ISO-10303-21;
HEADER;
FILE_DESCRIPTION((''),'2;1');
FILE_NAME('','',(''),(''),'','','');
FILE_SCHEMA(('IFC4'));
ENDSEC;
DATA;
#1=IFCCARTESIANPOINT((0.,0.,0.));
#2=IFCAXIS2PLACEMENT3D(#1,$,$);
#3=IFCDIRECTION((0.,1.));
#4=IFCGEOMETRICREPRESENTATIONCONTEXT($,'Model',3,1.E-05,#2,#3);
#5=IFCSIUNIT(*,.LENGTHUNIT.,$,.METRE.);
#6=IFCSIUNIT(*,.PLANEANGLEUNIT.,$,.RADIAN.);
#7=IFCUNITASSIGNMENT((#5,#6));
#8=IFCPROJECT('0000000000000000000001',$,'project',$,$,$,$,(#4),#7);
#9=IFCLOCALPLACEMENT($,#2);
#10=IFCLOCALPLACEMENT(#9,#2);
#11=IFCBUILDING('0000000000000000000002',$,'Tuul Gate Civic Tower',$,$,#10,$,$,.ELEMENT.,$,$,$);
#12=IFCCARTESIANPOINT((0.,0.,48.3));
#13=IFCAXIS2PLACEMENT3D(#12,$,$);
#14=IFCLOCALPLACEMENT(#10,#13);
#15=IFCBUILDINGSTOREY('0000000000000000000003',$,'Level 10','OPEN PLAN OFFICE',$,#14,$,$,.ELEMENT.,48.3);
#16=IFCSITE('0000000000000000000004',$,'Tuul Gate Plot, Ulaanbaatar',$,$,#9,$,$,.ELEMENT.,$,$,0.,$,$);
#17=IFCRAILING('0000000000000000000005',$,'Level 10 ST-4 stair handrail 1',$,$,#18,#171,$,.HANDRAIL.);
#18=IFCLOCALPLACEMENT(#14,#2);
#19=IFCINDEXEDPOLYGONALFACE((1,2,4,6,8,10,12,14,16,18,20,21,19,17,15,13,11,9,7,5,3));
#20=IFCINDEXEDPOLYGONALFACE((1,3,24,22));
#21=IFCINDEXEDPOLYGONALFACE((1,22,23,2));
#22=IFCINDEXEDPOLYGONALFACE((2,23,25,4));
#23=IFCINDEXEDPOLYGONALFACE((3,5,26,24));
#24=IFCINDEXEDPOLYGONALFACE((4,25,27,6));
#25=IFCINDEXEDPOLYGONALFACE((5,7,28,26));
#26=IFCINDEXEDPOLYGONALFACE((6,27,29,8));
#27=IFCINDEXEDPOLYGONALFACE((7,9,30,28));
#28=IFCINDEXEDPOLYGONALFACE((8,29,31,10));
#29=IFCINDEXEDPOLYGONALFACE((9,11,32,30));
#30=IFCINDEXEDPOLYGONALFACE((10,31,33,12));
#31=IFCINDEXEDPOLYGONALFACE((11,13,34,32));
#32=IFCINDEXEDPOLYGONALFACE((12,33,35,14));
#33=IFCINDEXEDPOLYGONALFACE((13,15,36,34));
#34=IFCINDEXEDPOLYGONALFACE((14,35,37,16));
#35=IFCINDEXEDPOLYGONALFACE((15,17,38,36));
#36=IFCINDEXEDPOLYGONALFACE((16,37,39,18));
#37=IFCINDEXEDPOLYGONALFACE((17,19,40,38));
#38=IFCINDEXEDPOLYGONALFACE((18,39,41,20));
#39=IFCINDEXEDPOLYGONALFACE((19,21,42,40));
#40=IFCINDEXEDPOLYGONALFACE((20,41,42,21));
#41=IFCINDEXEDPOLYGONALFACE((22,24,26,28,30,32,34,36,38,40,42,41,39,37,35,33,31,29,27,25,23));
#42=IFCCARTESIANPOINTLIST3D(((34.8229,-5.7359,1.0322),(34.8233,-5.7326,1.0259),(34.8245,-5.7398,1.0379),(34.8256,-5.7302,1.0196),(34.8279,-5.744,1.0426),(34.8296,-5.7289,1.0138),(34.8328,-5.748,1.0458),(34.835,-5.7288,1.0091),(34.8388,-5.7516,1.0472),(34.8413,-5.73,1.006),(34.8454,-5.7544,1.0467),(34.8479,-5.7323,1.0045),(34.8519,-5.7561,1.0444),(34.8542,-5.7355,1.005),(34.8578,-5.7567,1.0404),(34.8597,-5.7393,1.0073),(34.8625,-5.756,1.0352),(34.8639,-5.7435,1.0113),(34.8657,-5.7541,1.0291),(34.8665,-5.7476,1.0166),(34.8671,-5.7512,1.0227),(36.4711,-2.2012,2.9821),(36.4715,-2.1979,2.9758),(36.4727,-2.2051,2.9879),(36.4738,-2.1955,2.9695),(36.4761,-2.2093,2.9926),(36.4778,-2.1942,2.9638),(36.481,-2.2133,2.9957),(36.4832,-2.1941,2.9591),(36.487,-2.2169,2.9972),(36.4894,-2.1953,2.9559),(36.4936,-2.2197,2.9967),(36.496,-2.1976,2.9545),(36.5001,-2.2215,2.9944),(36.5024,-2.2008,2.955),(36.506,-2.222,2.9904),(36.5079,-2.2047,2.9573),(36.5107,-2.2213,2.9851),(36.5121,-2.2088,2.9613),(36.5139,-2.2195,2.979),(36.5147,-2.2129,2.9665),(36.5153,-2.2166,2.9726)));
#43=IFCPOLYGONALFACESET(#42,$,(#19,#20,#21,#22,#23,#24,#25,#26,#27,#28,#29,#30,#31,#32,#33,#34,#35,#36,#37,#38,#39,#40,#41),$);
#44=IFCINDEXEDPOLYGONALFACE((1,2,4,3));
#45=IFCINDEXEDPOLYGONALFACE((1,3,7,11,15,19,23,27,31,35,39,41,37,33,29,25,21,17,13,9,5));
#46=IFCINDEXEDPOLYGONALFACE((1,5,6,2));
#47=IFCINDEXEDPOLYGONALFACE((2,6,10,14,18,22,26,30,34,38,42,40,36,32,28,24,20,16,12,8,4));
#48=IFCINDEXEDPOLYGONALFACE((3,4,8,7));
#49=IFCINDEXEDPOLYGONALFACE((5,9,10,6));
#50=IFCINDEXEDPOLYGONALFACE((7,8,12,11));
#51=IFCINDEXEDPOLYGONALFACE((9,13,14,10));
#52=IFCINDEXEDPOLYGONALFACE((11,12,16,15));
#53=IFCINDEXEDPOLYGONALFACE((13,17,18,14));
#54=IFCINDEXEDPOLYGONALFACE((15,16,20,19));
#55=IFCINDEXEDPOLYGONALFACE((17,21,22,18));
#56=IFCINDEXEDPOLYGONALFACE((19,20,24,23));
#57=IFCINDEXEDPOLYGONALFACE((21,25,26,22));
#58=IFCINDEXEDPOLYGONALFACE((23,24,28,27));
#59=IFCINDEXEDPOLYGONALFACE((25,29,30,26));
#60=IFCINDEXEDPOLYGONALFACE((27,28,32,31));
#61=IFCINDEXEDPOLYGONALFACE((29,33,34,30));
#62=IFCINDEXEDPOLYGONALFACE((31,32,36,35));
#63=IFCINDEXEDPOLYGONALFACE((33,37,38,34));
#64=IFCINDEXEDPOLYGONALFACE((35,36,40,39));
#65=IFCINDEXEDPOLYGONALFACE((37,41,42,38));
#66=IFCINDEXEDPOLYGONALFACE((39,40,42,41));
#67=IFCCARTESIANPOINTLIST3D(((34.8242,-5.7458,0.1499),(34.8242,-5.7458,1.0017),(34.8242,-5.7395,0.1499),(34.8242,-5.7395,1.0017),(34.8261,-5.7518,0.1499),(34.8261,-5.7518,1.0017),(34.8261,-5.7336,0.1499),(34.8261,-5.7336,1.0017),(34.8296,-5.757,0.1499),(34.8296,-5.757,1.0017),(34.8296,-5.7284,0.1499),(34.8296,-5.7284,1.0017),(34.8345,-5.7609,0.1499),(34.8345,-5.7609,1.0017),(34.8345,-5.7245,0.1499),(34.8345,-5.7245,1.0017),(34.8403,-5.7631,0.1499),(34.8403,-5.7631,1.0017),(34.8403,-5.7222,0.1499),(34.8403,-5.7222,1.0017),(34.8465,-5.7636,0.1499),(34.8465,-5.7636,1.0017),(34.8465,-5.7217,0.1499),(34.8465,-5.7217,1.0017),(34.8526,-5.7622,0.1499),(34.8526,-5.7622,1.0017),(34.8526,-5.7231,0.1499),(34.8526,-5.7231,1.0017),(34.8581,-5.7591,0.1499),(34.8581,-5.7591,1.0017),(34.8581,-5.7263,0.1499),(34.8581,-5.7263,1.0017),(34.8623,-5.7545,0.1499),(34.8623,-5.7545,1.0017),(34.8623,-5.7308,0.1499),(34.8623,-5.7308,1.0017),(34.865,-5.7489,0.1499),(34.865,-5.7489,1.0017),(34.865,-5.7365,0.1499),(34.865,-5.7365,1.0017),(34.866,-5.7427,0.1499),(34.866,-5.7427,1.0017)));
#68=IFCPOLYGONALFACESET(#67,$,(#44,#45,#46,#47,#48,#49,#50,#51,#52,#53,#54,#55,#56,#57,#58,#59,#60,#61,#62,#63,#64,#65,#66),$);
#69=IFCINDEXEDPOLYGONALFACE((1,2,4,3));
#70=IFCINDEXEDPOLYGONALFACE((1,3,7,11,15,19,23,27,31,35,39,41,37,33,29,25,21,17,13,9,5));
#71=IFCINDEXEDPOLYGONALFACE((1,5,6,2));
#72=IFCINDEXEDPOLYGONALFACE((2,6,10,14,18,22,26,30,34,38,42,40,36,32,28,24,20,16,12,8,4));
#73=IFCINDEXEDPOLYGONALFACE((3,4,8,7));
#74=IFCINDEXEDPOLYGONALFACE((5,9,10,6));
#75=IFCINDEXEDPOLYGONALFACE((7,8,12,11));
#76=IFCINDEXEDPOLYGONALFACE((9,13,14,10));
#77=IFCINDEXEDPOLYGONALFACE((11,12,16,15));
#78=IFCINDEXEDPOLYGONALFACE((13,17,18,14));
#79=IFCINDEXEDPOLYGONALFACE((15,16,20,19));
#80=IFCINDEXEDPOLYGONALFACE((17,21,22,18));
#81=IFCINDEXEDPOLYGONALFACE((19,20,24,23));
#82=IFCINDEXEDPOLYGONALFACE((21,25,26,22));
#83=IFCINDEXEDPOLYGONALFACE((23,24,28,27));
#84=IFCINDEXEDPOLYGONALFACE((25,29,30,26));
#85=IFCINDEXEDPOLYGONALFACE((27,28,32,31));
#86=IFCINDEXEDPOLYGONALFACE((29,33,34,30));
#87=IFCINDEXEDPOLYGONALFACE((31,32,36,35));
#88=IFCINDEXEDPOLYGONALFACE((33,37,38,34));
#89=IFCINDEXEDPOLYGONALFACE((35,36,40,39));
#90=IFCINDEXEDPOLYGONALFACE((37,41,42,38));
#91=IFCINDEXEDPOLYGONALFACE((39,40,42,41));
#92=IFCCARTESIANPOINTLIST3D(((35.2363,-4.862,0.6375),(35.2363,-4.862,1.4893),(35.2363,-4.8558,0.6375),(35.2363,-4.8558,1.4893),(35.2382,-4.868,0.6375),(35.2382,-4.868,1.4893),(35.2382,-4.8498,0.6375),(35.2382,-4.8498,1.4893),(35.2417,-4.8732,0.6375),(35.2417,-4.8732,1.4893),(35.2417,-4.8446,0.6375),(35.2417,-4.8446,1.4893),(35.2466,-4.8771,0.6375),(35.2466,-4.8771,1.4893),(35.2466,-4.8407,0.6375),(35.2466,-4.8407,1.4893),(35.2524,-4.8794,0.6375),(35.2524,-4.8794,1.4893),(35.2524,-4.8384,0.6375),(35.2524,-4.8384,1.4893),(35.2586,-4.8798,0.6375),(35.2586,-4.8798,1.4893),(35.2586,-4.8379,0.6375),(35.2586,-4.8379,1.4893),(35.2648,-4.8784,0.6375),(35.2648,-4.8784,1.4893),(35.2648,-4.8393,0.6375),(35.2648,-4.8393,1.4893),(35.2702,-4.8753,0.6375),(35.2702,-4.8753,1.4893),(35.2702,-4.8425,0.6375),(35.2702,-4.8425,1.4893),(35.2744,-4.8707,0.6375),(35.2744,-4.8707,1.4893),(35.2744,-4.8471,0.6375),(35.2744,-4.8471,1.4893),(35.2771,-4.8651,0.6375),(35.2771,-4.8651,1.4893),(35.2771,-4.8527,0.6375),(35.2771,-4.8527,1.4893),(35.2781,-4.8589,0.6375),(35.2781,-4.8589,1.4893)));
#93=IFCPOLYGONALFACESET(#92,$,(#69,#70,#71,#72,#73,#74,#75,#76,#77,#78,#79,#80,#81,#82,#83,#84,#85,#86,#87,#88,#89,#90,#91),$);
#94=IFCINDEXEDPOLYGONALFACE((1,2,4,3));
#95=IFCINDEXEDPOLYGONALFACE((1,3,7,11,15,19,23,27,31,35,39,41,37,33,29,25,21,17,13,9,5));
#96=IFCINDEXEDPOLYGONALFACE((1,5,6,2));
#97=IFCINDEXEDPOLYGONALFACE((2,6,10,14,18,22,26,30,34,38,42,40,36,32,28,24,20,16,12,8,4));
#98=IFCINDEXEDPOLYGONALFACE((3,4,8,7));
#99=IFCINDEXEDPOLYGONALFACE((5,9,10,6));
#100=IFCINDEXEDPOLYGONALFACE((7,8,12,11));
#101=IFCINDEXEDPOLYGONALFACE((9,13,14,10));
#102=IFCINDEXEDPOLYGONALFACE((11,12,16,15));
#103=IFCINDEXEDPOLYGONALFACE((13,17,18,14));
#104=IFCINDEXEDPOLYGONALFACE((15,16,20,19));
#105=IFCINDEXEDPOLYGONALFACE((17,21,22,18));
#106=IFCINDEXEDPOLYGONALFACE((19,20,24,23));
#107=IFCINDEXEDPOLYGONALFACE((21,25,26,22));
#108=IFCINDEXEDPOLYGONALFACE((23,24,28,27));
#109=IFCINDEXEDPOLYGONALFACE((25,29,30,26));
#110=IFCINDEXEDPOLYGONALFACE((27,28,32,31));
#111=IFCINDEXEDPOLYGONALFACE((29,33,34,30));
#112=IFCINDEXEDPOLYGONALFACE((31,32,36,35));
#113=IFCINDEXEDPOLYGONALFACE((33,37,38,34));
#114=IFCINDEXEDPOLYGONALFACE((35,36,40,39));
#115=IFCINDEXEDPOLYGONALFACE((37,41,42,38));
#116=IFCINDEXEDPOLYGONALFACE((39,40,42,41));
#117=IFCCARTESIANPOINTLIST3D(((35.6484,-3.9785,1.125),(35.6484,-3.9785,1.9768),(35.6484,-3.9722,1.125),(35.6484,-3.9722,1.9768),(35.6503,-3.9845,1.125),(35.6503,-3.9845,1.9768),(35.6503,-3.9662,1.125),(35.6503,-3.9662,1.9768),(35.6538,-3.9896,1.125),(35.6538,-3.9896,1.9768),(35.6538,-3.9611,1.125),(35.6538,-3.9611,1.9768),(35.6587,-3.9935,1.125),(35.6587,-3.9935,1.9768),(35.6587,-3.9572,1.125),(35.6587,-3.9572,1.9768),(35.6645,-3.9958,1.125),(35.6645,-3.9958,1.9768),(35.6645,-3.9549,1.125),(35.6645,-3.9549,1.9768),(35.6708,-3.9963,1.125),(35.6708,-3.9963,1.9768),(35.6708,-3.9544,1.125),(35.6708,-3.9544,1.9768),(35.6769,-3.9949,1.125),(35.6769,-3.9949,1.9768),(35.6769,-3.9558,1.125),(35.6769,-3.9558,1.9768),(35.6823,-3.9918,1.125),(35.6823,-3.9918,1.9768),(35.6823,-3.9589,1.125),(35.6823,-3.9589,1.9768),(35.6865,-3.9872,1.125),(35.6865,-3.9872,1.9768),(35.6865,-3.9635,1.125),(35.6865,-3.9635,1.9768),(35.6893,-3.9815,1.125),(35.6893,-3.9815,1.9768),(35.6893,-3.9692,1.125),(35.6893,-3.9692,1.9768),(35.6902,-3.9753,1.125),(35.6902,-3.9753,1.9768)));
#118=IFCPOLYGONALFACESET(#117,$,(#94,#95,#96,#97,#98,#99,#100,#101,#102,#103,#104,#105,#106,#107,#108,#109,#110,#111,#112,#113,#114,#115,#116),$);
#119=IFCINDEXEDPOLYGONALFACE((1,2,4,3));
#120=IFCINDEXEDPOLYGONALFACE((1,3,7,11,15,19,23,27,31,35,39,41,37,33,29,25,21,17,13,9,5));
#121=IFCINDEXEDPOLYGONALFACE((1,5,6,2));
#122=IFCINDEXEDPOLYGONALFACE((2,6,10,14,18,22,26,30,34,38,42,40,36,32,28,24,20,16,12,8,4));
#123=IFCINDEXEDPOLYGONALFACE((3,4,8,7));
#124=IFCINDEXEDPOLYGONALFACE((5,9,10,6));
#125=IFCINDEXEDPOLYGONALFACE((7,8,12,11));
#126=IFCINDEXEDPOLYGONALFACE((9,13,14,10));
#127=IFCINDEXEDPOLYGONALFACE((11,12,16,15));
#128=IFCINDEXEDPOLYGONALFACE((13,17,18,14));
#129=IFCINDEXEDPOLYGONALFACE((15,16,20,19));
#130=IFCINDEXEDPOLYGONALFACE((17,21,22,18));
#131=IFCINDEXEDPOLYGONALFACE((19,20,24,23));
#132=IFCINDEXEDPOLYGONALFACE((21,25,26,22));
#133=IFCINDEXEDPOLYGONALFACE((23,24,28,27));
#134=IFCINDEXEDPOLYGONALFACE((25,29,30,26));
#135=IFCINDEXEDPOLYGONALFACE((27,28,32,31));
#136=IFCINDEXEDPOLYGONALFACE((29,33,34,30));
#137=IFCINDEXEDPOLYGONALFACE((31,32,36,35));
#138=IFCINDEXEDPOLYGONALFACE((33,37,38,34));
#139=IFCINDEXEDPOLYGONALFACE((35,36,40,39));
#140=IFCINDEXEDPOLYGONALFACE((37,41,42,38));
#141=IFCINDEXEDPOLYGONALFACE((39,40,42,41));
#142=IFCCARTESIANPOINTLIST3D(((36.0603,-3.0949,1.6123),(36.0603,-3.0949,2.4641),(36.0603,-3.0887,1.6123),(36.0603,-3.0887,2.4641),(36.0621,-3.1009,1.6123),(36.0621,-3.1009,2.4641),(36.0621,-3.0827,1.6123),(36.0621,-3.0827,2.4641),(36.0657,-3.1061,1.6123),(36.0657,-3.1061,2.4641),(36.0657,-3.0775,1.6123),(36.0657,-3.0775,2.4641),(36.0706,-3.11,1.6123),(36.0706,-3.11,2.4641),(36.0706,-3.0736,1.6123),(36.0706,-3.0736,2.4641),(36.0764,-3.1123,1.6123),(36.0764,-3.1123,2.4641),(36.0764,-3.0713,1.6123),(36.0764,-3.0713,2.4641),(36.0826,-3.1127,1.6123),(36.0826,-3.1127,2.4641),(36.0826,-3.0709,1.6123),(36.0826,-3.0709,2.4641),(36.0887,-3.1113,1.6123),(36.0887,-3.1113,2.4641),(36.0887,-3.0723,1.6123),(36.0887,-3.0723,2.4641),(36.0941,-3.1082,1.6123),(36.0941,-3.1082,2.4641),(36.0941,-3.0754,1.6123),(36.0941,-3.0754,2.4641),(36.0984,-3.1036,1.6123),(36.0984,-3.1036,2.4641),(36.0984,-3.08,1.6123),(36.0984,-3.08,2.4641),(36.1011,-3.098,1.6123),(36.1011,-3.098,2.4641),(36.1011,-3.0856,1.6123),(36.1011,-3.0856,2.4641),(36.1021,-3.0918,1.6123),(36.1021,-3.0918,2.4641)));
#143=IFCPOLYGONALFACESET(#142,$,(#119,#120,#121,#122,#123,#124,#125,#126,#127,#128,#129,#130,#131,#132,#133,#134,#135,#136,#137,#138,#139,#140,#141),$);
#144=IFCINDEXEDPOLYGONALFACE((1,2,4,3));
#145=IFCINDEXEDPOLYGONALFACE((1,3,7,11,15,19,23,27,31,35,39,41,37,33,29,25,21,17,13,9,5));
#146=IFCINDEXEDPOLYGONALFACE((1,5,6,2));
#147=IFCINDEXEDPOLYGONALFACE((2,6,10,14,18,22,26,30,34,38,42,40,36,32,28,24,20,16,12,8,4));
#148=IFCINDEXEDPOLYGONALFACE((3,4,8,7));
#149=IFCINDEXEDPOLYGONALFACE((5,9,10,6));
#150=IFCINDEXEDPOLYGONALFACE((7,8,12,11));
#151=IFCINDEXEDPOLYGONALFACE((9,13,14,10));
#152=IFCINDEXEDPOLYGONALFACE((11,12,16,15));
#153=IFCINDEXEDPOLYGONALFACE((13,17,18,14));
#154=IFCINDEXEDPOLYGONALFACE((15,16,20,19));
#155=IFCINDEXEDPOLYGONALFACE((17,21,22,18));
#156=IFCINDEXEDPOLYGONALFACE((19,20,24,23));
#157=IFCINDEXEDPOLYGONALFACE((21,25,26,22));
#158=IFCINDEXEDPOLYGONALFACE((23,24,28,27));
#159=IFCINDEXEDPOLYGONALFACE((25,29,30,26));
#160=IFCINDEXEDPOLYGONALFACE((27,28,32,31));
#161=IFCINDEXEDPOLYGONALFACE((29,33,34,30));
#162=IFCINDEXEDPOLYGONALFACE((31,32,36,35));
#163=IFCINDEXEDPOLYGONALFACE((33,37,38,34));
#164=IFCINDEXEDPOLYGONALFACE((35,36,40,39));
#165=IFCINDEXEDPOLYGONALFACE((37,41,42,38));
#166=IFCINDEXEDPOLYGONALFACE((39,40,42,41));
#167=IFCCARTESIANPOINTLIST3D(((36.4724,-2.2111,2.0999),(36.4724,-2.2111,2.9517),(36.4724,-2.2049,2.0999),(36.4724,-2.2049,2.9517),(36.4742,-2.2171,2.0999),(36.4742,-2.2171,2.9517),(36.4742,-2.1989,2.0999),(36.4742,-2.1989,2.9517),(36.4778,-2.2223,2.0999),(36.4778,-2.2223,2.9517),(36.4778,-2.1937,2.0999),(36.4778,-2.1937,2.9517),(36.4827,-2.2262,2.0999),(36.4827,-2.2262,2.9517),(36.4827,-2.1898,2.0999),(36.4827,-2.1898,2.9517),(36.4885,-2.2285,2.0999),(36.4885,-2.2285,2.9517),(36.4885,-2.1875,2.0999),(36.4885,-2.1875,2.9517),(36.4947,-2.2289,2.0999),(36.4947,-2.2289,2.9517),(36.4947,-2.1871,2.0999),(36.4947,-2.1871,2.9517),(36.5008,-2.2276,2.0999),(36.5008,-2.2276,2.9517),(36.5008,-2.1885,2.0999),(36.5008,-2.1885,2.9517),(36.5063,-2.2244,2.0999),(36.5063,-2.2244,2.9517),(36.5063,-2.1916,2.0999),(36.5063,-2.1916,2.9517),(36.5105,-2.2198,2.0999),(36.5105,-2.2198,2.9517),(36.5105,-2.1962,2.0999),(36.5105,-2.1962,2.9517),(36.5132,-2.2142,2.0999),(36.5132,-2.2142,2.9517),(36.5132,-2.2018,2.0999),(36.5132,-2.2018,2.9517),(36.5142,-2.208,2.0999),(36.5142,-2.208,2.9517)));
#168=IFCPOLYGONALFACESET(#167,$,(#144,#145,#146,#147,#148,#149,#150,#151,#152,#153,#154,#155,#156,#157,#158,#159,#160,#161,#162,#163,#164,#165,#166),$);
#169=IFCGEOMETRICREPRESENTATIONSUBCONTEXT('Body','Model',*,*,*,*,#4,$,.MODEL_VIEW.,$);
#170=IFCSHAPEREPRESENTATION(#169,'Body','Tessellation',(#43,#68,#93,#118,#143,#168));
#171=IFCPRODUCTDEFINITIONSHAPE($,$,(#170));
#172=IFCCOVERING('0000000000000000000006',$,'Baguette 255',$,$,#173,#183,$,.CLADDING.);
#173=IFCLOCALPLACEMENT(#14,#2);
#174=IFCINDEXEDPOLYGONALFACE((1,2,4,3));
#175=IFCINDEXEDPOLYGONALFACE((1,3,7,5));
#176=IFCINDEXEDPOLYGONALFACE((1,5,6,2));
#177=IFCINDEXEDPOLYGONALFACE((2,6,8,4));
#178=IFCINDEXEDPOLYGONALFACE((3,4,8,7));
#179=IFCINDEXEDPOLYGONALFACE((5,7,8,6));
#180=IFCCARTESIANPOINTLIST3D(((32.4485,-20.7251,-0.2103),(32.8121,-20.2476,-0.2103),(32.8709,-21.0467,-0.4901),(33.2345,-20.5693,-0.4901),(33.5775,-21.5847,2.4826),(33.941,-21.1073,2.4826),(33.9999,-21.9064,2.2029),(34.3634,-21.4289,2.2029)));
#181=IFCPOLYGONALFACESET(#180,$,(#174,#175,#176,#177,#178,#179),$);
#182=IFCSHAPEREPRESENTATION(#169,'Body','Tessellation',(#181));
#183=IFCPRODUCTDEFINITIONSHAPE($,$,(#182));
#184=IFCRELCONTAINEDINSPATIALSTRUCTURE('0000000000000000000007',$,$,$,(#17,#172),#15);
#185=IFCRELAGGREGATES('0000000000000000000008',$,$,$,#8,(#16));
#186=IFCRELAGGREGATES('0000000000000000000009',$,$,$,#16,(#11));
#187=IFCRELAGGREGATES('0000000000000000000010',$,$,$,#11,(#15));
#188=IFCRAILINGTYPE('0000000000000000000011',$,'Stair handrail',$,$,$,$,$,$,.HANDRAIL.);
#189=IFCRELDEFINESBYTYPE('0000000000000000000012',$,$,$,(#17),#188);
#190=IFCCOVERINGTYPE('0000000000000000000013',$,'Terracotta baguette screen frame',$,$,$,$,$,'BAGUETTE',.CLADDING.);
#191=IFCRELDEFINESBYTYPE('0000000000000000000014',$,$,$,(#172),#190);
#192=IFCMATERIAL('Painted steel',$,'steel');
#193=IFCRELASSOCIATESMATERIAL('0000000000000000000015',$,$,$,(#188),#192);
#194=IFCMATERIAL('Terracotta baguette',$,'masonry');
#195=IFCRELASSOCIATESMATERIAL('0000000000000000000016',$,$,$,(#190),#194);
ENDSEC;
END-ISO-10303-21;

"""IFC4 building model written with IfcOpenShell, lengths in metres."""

from ifc_helpers import new_model, si_unit, direction, frame, origin, origin_2d, place, context, subcontext, project, spatial, rectangle, circle, extrude, material, material_profile, profile_set, type_object, element, save


model = new_model("IFC4")

# Units and contexts
model_context = context("Model", 3, precision=1e-05, world=origin(), true_north=direction((0.0, 1.0)))
body_context = subcontext(model_context, "Body", "Model", "MODEL_VIEW")
ifc_project = project(units=[si_unit("LENGTHUNIT", "METRE"), si_unit("PLANEANGLEUNIT", "RADIAN")], contexts=[model_context])

# Site, building, storey
site_placement = place(None, origin())
site = spatial("IfcSite", under=ifc_project, at=site_placement, Name="Tuul Gate Plot, Ulaanbaatar", CompositionType="ELEMENT", RefElevation=0.0)
building_placement = place(site_placement, origin())
building = spatial("IfcBuilding", under=site, at=building_placement, Name="Tuul Gate Civic Tower", CompositionType="ELEMENT")
storey_placement = place(building_placement, frame((0.0, 0.0, 48.3)))
storey = spatial("IfcBuildingStorey", under=building, at=storey_placement, Name="Level 10", Description="OPEN PLAN OFFICE", CompositionType="ELEMENT", Elevation=48.3)

# Railing
ifc_material_1 = material(Name="Painted steel", Category="steel")
railing_type_1 = type_object("IfcRailingType", Name="Stair handrail", PredefinedType="HANDRAIL", material=ifc_material_1)
railing_1_placement = place(storey_placement, frame((34.845, -5.7427, 0.1499)))
element("IfcRailing", 1, at=railing_1_placement, inside=storey, type_object=railing_type_1, Name="Level 10 ST-4 stair handrail 1", PredefinedType="HANDRAIL", context=body_context, shape_type="SweptSolid", body=[
    extrude(circle(Radius=0.0239, at=origin_2d()), frame((0.0, 0.0, 0.876), z_axis=(0.377995, 0.810637, 0.4472), x_axis=(-0.906313, 0.422608, 0.0)), (0.0, 0.0, 1.0), 4.3604),
    extrude(circle(Radius=0.021, at=origin_2d()), origin(), (0.0, 0.0, 1.0), 0.8518),
    extrude(circle(Radius=0.021, at=origin_2d()), frame((0.4121, 0.8838, 0.4875)), (0.0, 0.0, 1.0), 0.8518),
    extrude(circle(Radius=0.021, at=origin_2d()), frame((0.8242, 1.7673, 0.9751)), (0.0, 0.0, 1.0), 0.8518),
    extrude(circle(Radius=0.021, at=origin_2d()), frame((1.2361, 2.6509, 1.4624)), (0.0, 0.0, 1.0), 0.8518),
    extrude(circle(Radius=0.021, at=origin_2d()), frame((1.6482, 3.5347, 1.95)), (0.0, 0.0, 1.0), 0.8518),
])

# Covering
ifc_material_2 = material(Name="Terracotta baguette", Category="masonry")
ifc_material_profile_1 = material_profile(ifc_material_2, rectangle(XDim=0.6001, YDim=0.6001, at=origin_2d()), Name="Terracotta baguette screen frame")
ifc_profile_set_1 = profile_set([ifc_material_profile_1], Name="Terracotta baguette")
covering_type = type_object("IfcCoveringType", Name="Terracotta baguette screen frame", ElementType="BAGUETTE", PredefinedType="CLADDING", material=ifc_profile_set_1)
covering_placement = place(storey_placement, frame((33.9705, -21.5068, 2.3428), z_axis=(-0.370883, 0.282413, -0.884697), x_axis=(-0.60582, -0.795602, 0.0)))
element("IfcCovering", 2, at=covering_placement, inside=storey, type_object=covering_type, Name="Baguette 255", PredefinedType="CLADDING", context=body_context, shape_type="SweptSolid", body=[
    extrude(rectangle(XDim=0.6001, YDim=0.6001, at=origin_2d()), origin(), (0.0, 0.0, 1.0), 3.0439),
])

save(model, "model.ifc")
